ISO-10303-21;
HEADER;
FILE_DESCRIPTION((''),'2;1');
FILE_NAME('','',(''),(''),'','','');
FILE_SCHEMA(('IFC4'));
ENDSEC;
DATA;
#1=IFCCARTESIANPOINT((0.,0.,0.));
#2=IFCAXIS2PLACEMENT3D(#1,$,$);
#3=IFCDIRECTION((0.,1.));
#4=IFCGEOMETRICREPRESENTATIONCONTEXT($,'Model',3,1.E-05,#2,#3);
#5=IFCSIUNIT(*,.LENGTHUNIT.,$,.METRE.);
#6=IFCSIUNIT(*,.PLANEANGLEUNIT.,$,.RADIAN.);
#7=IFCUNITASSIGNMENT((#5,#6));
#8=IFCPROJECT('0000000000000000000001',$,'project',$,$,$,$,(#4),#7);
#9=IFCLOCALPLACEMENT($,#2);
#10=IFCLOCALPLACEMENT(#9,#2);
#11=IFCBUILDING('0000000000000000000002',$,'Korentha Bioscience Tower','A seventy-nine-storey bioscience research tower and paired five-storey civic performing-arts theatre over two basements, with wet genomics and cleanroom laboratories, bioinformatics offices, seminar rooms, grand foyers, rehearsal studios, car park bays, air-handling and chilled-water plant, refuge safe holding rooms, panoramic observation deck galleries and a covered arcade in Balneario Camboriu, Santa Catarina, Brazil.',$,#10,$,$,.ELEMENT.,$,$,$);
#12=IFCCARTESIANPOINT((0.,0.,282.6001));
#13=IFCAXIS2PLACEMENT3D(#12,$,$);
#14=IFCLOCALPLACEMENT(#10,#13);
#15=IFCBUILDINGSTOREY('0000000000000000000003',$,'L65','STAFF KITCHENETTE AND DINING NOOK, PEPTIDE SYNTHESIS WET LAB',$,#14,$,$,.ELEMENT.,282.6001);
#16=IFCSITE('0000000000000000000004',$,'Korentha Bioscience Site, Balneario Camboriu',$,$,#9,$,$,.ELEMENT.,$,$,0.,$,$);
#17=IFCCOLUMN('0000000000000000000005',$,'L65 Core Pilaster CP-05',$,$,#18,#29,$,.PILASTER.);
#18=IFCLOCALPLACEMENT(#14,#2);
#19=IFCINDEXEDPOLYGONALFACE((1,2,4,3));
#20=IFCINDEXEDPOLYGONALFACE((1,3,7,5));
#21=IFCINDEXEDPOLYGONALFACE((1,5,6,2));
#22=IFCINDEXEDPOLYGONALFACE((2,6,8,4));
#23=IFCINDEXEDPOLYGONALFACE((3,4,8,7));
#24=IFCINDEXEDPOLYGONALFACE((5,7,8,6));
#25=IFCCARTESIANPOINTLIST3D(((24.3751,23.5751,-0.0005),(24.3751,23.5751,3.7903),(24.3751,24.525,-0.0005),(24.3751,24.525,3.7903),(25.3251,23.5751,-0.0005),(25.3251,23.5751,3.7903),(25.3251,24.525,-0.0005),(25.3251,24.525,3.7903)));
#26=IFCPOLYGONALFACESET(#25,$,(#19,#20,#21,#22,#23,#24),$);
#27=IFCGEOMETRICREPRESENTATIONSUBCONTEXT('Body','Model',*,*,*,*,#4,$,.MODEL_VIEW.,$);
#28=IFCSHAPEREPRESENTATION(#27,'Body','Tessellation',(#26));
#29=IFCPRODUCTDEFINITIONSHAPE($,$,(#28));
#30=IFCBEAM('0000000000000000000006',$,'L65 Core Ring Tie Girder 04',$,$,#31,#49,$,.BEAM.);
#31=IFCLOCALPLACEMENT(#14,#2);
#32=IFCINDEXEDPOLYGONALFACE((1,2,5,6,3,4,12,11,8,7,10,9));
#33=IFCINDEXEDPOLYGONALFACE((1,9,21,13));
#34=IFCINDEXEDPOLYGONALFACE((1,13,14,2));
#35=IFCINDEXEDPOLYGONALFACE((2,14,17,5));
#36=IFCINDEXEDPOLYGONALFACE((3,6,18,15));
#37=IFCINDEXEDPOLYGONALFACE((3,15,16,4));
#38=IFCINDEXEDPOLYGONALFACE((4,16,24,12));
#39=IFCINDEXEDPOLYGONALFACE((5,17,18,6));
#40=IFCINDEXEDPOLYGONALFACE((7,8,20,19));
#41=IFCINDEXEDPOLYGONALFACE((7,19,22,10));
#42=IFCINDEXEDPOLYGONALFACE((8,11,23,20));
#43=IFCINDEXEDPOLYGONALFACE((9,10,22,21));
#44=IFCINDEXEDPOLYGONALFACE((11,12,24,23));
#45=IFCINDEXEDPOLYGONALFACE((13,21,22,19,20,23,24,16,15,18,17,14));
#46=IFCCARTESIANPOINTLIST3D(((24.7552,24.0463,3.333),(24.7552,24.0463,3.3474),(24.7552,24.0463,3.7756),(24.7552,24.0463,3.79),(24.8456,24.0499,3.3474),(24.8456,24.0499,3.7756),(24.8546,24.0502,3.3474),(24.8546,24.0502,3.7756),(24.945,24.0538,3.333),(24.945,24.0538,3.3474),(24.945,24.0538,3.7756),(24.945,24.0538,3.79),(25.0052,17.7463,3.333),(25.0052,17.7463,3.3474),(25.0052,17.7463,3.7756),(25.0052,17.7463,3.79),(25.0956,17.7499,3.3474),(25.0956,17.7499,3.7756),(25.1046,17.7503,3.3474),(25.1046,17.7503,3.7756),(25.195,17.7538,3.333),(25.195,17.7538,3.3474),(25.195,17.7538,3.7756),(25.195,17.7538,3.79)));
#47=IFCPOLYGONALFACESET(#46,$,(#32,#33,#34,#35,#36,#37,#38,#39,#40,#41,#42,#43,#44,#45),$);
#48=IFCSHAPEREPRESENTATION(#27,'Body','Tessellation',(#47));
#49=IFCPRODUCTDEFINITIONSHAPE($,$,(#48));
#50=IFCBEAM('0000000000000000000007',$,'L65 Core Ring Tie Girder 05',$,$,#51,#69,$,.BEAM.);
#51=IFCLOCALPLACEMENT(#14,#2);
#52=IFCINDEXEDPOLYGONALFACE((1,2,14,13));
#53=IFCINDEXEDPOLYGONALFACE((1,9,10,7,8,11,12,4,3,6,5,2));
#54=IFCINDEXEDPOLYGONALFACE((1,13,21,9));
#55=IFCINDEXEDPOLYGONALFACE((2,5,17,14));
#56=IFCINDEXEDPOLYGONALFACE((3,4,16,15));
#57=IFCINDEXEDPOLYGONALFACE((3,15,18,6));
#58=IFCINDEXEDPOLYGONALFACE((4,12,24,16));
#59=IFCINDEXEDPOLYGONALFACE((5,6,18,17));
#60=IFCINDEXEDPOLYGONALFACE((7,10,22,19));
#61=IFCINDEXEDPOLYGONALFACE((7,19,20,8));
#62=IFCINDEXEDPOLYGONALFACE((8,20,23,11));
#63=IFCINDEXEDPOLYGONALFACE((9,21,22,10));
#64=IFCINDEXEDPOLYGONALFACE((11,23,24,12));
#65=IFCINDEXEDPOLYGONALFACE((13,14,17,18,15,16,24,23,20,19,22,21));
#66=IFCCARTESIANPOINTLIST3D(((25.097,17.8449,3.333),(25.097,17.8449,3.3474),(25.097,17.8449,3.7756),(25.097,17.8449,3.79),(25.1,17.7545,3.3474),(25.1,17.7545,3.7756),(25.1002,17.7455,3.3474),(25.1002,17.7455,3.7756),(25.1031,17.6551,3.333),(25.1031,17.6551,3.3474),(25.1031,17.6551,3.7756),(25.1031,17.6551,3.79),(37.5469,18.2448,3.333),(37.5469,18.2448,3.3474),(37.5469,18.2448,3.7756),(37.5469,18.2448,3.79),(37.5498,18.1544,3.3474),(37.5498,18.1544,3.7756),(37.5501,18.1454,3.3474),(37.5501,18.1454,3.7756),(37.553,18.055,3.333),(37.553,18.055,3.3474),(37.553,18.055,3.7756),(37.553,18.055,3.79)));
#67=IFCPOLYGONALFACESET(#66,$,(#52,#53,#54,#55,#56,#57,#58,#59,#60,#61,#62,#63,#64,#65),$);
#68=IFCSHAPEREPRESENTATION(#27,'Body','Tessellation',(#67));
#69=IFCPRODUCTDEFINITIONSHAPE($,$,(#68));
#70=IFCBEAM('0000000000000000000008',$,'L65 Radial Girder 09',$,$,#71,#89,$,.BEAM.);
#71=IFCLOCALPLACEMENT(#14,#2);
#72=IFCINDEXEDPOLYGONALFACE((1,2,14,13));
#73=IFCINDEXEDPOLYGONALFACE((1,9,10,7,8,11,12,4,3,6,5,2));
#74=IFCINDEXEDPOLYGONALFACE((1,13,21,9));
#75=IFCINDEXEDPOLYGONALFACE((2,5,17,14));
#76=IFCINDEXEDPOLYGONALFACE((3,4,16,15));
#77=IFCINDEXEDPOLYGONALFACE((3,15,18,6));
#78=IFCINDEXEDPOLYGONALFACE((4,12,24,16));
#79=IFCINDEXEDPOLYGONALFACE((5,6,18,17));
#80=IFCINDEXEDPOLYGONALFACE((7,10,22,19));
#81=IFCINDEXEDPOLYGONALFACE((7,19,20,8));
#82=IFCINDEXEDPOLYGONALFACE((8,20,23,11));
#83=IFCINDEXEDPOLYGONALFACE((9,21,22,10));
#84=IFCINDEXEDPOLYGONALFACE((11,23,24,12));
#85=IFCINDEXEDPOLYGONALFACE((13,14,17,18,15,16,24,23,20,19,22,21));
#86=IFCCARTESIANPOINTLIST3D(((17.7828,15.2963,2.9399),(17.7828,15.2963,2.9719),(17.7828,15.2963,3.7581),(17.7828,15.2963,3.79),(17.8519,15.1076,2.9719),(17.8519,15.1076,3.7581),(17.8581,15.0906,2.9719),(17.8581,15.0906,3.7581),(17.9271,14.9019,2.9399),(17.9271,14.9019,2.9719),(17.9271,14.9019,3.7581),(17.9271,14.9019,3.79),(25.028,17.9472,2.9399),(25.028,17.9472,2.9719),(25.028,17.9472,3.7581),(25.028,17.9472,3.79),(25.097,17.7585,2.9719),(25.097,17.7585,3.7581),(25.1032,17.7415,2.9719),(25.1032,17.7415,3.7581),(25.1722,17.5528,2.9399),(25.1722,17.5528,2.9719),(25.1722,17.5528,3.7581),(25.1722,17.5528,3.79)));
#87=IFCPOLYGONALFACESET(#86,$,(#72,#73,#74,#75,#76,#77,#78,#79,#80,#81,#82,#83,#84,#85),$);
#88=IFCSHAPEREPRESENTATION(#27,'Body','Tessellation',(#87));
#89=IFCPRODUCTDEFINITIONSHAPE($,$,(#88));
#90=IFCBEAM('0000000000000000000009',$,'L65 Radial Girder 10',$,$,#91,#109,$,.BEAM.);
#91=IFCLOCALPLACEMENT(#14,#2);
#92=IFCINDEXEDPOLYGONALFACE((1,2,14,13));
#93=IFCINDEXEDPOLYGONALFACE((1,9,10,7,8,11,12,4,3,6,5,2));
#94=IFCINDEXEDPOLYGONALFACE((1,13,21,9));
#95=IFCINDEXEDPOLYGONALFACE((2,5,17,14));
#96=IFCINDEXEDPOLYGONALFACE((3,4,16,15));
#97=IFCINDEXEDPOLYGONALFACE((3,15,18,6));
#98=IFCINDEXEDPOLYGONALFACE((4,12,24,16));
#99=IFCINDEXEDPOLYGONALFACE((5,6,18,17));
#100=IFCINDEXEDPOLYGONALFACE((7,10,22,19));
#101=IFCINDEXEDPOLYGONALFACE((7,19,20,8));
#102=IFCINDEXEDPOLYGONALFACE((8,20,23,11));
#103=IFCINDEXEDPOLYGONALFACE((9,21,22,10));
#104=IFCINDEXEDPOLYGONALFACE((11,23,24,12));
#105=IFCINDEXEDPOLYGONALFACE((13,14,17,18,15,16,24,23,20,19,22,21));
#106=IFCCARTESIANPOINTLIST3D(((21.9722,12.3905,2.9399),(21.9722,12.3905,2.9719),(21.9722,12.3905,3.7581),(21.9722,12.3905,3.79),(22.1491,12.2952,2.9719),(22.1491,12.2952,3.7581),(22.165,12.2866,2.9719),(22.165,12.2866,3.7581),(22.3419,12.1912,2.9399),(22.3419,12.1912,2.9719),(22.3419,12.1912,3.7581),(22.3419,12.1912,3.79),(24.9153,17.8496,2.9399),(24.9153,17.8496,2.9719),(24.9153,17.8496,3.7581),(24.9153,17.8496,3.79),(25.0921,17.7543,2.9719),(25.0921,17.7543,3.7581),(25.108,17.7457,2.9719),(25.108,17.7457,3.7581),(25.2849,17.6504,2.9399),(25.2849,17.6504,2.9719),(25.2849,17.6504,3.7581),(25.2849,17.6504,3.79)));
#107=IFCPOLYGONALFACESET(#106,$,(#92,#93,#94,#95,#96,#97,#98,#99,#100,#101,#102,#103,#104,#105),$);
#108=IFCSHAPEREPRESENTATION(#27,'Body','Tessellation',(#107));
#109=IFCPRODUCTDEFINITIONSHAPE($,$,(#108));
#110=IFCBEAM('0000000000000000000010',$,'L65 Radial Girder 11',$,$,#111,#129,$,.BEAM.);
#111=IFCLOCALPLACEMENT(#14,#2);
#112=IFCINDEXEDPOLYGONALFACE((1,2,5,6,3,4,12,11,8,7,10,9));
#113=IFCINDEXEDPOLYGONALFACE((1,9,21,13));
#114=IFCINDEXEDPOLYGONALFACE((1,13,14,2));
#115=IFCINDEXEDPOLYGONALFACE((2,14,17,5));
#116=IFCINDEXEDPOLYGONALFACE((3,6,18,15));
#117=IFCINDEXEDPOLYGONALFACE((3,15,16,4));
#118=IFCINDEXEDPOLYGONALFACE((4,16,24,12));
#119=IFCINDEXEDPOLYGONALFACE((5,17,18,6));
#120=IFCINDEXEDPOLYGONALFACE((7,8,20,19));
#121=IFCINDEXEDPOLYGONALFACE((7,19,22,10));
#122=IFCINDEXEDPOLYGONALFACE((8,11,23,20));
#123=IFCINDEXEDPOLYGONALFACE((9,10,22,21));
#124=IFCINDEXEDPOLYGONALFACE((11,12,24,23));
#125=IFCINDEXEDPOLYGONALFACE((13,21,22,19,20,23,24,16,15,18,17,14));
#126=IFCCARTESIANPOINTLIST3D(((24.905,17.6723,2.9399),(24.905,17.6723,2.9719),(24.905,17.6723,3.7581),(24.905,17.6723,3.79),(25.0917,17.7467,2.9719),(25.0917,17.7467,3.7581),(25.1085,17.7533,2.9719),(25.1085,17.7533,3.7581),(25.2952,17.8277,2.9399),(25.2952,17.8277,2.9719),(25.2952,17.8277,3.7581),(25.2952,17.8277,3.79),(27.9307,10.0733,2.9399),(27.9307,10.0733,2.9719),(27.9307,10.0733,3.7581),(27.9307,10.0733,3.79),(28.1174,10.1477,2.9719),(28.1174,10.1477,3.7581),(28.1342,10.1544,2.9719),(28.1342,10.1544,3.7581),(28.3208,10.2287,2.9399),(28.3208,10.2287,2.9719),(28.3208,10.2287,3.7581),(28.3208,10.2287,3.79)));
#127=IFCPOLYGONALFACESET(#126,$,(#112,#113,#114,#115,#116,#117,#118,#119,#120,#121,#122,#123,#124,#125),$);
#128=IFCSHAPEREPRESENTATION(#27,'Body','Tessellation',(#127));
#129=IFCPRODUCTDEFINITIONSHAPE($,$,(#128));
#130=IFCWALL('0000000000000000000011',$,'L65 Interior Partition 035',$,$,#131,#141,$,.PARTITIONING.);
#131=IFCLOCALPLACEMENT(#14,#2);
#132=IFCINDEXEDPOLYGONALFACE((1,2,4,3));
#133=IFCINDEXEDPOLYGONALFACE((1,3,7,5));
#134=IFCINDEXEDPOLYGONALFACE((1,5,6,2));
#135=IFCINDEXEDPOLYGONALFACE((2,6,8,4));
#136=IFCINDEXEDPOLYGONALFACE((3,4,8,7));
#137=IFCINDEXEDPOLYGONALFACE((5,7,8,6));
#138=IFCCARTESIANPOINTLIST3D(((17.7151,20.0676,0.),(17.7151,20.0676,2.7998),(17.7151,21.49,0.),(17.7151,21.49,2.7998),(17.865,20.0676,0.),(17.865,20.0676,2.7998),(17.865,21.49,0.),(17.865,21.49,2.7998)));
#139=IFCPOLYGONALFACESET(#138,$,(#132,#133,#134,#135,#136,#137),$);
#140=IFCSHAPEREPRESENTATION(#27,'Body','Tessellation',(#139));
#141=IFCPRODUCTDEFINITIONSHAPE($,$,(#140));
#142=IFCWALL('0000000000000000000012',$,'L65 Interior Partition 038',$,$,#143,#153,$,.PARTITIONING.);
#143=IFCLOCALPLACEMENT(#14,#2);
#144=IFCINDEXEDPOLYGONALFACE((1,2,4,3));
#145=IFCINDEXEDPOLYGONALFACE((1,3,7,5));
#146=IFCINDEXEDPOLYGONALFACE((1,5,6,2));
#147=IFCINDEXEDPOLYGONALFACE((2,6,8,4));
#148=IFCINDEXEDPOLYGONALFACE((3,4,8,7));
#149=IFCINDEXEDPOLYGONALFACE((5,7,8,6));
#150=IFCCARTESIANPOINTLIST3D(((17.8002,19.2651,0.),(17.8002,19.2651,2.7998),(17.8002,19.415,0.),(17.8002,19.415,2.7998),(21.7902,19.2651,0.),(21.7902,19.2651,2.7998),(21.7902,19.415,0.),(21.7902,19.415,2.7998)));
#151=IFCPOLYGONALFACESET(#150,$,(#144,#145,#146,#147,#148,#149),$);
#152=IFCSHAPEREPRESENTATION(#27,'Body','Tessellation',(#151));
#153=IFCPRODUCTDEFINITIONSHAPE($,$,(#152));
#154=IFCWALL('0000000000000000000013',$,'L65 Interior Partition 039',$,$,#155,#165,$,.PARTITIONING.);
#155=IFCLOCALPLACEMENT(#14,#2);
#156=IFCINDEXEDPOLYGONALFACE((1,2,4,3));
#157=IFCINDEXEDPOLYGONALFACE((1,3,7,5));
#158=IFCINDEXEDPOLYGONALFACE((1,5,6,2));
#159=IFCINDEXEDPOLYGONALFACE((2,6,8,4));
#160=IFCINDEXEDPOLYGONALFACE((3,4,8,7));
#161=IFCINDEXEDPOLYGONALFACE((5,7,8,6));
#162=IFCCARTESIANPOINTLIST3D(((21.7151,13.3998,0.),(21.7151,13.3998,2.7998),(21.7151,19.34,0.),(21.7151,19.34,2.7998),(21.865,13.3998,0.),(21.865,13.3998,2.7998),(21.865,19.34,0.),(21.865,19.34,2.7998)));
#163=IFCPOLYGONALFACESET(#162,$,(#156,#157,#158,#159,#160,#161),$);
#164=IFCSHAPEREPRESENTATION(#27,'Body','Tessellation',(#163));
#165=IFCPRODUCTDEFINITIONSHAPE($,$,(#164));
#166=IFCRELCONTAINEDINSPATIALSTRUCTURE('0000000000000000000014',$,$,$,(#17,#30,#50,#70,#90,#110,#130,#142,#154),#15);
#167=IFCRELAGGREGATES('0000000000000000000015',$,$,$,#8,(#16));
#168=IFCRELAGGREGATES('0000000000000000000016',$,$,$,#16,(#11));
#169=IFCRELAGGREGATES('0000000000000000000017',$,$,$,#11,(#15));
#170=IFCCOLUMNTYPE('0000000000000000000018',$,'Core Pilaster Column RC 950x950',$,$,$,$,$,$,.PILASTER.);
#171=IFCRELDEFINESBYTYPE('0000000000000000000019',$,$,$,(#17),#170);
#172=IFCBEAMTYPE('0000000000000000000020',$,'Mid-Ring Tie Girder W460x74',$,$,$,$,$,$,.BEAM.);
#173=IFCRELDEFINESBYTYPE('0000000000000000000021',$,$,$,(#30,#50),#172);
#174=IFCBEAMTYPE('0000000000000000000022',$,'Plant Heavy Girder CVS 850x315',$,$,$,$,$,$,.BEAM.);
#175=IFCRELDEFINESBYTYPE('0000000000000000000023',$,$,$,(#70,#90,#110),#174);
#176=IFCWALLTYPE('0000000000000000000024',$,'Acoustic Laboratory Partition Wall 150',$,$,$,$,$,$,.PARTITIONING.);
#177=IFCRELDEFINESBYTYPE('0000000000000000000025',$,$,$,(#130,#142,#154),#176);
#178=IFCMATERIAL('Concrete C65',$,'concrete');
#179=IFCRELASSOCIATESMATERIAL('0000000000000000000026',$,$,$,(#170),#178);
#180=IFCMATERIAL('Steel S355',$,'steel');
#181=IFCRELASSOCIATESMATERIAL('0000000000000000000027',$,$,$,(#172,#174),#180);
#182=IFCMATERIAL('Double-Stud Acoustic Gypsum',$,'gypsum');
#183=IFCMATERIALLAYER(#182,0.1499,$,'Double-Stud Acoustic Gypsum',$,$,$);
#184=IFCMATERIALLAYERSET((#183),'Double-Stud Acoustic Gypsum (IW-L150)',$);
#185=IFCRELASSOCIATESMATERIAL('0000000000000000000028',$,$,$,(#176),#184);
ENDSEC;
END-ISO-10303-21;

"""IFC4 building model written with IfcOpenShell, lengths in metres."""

from ifc_helpers import new_model, si_unit, direction, frame, frame_2d, origin, origin_2d, place, context, subcontext, project, spatial, rectangle, i_section, extrude, material, layer, layer_set, material_profile, profile_set, type_object, element, save


model = new_model("IFC4")

# Units and contexts
model_context = context("Model", 3, precision=1e-05, world=origin(), true_north=direction((0.0, 1.0)))
body_context = subcontext(model_context, "Body", "Model", "MODEL_VIEW")
ifc_project = project(units=[si_unit("LENGTHUNIT", "METRE"), si_unit("PLANEANGLEUNIT", "RADIAN")], contexts=[model_context])

# Site, building, storey
site_placement = place(None, origin())
site = spatial("IfcSite", under=ifc_project, at=site_placement, Name="Korentha Bioscience Site, Balneario Camboriu", CompositionType="ELEMENT", RefElevation=0.0)
building_placement = place(site_placement, origin())
building = spatial("IfcBuilding", under=site, at=building_placement, Name="Korentha Bioscience Tower", Description="A seventy-nine-storey bioscience research tower and paired five-storey civic performing-arts theatre over two basements, with wet genomics and cleanroom laboratories, bioinformatics offices, seminar rooms, grand foyers, rehearsal studios, car park bays, air-handling and chilled-water plant, refuge safe holding rooms, panoramic observation deck galleries and a covered arcade in Balneario Camboriu, Santa Catarina, Brazil.", CompositionType="ELEMENT")
storey_placement = place(building_placement, frame((0.0, 0.0, 282.6001)))
storey = spatial("IfcBuildingStorey", under=building, at=storey_placement, Name="L65", Description="STAFF KITCHENETTE AND DINING NOOK, PEPTIDE SYNTHESIS WET LAB", CompositionType="ELEMENT", Elevation=282.6001)

# Column
ifc_material_1 = material(Name="Concrete C65", Category="concrete")
ifc_material_profile_1 = material_profile(ifc_material_1, rectangle(XDim=0.95, YDim=0.95, at=origin_2d()), Name="Concrete C65")
ifc_profile_set_1 = profile_set([ifc_material_profile_1], Name="Concrete C65 (COL-CP09)")
column_type = type_object("IfcColumnType", Name="Core Pilaster Column RC 950x950", PredefinedType="PILASTER", material=ifc_profile_set_1)
column_placement = place(storey_placement, frame((24.8501, 24.05, -0.0005), z_axis=(0.0, 0.0, 1.0), x_axis=(1.0, 0.0, 0.0)))
element("IfcColumn", 1, at=column_placement, inside=storey, type_object=column_type, Name="L65 Core Pilaster CP-05", PredefinedType="PILASTER", context=body_context, shape_type="SweptSolid", body=[
    extrude(rectangle(XDim=0.95, YDim=0.95, at=origin_2d()), origin(), (0.0, 0.0, 1.0), 3.7908),
])

# Beams
ifc_material_2 = material(Name="Steel S355", Category="steel")
ifc_material_profile_2 = material_profile(ifc_material_2, i_section(OverallWidth=0.1899, OverallDepth=0.457, WebThickness=0.009, FlangeThickness=0.0144, at=origin_2d()), Name="Steel S355")
ifc_profile_set_2 = profile_set([ifc_material_profile_2], Name="Steel S355 (MB-460)")
beam_type_1 = type_object("IfcBeamType", Name="Mid-Ring Tie Girder W460x74", PredefinedType="BEAM", material=ifc_profile_set_2)
beam_1_placement = place(storey_placement, frame((24.8501, 24.05, 3.5615), z_axis=(0.039651, -0.999214, 0.0), x_axis=(0.999214, 0.039651, 0.0)))
element("IfcBeam", 2, at=beam_1_placement, inside=storey, type_object=beam_type_1, Name="L65 Core Ring Tie Girder 04", PredefinedType="BEAM", context=body_context, shape_type="SweptSolid", body=[
    extrude(i_section(OverallWidth=0.1899, OverallDepth=0.457, WebThickness=0.009, FlangeThickness=0.0144, at=origin_2d()), origin(), (0.0, 0.0, 1.0), 6.3049),
])
beam_2_placement = place(storey_placement, frame((25.1001, 17.75, 3.5615), z_axis=(0.999485, 0.032104, 0.0), x_axis=(-0.032104, 0.999485, 0.0)))
element("IfcBeam", 3, at=beam_2_placement, inside=storey, type_object=beam_type_1, Name="L65 Core Ring Tie Girder 05", PredefinedType="BEAM", context=body_context, shape_type="SweptSolid", body=[
    extrude(i_section(OverallWidth=0.1899, OverallDepth=0.457, WebThickness=0.009, FlangeThickness=0.0144, at=origin_2d()), origin(), (0.0, 0.0, 1.0), 12.4563),
])
ifc_material_profile_3 = material_profile(ifc_material_2, i_section(OverallWidth=0.4199, OverallDepth=0.8501, WebThickness=0.0181, FlangeThickness=0.032, at=origin_2d()), Name="Steel S355")
ifc_profile_set_3 = profile_set([ifc_material_profile_3], Name="Steel S355 (MB-850)")
beam_type_2 = type_object("IfcBeamType", Name="Plant Heavy Girder CVS 850x315", PredefinedType="BEAM", material=ifc_profile_set_3)
beam_3_placement = place(storey_placement, frame((25.1001, 17.75, 3.365), z_axis=(-0.939113, -0.343607, 0.0), x_axis=(0.343607, -0.939113, 0.0)))
element("IfcBeam", 4, at=beam_3_placement, inside=storey, type_object=beam_type_2, Name="L65 Radial Girder 09", PredefinedType="BEAM", context=body_context, shape_type="SweptSolid", body=[
    extrude(i_section(OverallWidth=0.4199, OverallDepth=0.8501, WebThickness=0.0181, FlangeThickness=0.032, at=origin_2d()), origin(), (0.0, 0.0, 1.0), 7.7148),
])
beam_4_placement = place(storey_placement, frame((25.1001, 17.75, 3.365), z_axis=(-0.474541, -0.880233, 0.0), x_axis=(0.880233, -0.474541, 0.0)))
element("IfcBeam", 5, at=beam_4_placement, inside=storey, type_object=beam_type_2, Name="L65 Radial Girder 10", PredefinedType="BEAM", context=body_context, shape_type="SweptSolid", body=[
    extrude(i_section(OverallWidth=0.4199, OverallDepth=0.8501, WebThickness=0.0181, FlangeThickness=0.032, at=origin_2d()), origin(), (0.0, 0.0, 1.0), 6.2019),
])
beam_5_placement = place(storey_placement, frame((25.1001, 17.75, 3.365), z_axis=(0.369923, -0.929062, 0.0), x_axis=(0.929062, 0.369923, 0.0)))
element("IfcBeam", 6, at=beam_5_placement, inside=storey, type_object=beam_type_2, Name="L65 Radial Girder 11", PredefinedType="BEAM", context=body_context, shape_type="SweptSolid", body=[
    extrude(i_section(OverallWidth=0.4199, OverallDepth=0.8501, WebThickness=0.0181, FlangeThickness=0.032, at=origin_2d()), origin(), (0.0, 0.0, 1.0), 8.1792),
])

# Walls
ifc_material_3 = material(Name="Double-Stud Acoustic Gypsum", Category="gypsum")
ifc_layer_1 = layer(ifc_material_3, 0.1499, Name="Double-Stud Acoustic Gypsum")
ifc_layer_set_1 = layer_set([ifc_layer_1], Name="Double-Stud Acoustic Gypsum (IW-L150)")
wall_type_1 = type_object("IfcWallType", Name="Acoustic Laboratory Partition Wall 150", PredefinedType="PARTITIONING", material=ifc_layer_set_1)
wall_1_placement = place(storey_placement, frame((17.79, 21.49, 0.0), z_axis=(0.0, 0.0, 1.0), x_axis=(0.0, -1.0, 0.0)))
element("IfcWall", 7, at=wall_1_placement, inside=storey, type_object=wall_type_1, Name="L65 Interior Partition 035", PredefinedType="PARTITIONING", context=body_context, shape_type="SweptSolid", body=[
    extrude(rectangle(XDim=1.4224, YDim=0.1499, at=frame_2d((0.7112, 0.0))), origin(), (0.0, 0.0, 1.0), 2.7998),
])
wall_2_placement = place(storey_placement, frame((17.8, 19.3401, 0.0), z_axis=(0.0, 0.0, 1.0), x_axis=(1.0, 0.0, 0.0)))
element("IfcWall", 8, at=wall_2_placement, inside=storey, type_object=wall_type_1, Name="L65 Interior Partition 038", PredefinedType="PARTITIONING", context=body_context, shape_type="SweptSolid", body=[
    extrude(rectangle(XDim=3.99, YDim=0.1499, at=frame_2d((1.9951, 0.0))), origin(), (0.0, 0.0, 1.0), 2.7998),
])
wall_3_placement = place(storey_placement, frame((21.79, 19.3401, 0.0), z_axis=(0.0, 0.0, 1.0), x_axis=(0.0, -1.0, 0.0)))
element("IfcWall", 9, at=wall_3_placement, inside=storey, type_object=wall_type_1, Name="L65 Interior Partition 039", PredefinedType="PARTITIONING", context=body_context, shape_type="SweptSolid", body=[
    extrude(rectangle(XDim=5.9402, YDim=0.1499, at=frame_2d((2.9702, 0.0))), origin(), (0.0, 0.0, 1.0), 2.7998),
])

save(model, "model.ifc")
